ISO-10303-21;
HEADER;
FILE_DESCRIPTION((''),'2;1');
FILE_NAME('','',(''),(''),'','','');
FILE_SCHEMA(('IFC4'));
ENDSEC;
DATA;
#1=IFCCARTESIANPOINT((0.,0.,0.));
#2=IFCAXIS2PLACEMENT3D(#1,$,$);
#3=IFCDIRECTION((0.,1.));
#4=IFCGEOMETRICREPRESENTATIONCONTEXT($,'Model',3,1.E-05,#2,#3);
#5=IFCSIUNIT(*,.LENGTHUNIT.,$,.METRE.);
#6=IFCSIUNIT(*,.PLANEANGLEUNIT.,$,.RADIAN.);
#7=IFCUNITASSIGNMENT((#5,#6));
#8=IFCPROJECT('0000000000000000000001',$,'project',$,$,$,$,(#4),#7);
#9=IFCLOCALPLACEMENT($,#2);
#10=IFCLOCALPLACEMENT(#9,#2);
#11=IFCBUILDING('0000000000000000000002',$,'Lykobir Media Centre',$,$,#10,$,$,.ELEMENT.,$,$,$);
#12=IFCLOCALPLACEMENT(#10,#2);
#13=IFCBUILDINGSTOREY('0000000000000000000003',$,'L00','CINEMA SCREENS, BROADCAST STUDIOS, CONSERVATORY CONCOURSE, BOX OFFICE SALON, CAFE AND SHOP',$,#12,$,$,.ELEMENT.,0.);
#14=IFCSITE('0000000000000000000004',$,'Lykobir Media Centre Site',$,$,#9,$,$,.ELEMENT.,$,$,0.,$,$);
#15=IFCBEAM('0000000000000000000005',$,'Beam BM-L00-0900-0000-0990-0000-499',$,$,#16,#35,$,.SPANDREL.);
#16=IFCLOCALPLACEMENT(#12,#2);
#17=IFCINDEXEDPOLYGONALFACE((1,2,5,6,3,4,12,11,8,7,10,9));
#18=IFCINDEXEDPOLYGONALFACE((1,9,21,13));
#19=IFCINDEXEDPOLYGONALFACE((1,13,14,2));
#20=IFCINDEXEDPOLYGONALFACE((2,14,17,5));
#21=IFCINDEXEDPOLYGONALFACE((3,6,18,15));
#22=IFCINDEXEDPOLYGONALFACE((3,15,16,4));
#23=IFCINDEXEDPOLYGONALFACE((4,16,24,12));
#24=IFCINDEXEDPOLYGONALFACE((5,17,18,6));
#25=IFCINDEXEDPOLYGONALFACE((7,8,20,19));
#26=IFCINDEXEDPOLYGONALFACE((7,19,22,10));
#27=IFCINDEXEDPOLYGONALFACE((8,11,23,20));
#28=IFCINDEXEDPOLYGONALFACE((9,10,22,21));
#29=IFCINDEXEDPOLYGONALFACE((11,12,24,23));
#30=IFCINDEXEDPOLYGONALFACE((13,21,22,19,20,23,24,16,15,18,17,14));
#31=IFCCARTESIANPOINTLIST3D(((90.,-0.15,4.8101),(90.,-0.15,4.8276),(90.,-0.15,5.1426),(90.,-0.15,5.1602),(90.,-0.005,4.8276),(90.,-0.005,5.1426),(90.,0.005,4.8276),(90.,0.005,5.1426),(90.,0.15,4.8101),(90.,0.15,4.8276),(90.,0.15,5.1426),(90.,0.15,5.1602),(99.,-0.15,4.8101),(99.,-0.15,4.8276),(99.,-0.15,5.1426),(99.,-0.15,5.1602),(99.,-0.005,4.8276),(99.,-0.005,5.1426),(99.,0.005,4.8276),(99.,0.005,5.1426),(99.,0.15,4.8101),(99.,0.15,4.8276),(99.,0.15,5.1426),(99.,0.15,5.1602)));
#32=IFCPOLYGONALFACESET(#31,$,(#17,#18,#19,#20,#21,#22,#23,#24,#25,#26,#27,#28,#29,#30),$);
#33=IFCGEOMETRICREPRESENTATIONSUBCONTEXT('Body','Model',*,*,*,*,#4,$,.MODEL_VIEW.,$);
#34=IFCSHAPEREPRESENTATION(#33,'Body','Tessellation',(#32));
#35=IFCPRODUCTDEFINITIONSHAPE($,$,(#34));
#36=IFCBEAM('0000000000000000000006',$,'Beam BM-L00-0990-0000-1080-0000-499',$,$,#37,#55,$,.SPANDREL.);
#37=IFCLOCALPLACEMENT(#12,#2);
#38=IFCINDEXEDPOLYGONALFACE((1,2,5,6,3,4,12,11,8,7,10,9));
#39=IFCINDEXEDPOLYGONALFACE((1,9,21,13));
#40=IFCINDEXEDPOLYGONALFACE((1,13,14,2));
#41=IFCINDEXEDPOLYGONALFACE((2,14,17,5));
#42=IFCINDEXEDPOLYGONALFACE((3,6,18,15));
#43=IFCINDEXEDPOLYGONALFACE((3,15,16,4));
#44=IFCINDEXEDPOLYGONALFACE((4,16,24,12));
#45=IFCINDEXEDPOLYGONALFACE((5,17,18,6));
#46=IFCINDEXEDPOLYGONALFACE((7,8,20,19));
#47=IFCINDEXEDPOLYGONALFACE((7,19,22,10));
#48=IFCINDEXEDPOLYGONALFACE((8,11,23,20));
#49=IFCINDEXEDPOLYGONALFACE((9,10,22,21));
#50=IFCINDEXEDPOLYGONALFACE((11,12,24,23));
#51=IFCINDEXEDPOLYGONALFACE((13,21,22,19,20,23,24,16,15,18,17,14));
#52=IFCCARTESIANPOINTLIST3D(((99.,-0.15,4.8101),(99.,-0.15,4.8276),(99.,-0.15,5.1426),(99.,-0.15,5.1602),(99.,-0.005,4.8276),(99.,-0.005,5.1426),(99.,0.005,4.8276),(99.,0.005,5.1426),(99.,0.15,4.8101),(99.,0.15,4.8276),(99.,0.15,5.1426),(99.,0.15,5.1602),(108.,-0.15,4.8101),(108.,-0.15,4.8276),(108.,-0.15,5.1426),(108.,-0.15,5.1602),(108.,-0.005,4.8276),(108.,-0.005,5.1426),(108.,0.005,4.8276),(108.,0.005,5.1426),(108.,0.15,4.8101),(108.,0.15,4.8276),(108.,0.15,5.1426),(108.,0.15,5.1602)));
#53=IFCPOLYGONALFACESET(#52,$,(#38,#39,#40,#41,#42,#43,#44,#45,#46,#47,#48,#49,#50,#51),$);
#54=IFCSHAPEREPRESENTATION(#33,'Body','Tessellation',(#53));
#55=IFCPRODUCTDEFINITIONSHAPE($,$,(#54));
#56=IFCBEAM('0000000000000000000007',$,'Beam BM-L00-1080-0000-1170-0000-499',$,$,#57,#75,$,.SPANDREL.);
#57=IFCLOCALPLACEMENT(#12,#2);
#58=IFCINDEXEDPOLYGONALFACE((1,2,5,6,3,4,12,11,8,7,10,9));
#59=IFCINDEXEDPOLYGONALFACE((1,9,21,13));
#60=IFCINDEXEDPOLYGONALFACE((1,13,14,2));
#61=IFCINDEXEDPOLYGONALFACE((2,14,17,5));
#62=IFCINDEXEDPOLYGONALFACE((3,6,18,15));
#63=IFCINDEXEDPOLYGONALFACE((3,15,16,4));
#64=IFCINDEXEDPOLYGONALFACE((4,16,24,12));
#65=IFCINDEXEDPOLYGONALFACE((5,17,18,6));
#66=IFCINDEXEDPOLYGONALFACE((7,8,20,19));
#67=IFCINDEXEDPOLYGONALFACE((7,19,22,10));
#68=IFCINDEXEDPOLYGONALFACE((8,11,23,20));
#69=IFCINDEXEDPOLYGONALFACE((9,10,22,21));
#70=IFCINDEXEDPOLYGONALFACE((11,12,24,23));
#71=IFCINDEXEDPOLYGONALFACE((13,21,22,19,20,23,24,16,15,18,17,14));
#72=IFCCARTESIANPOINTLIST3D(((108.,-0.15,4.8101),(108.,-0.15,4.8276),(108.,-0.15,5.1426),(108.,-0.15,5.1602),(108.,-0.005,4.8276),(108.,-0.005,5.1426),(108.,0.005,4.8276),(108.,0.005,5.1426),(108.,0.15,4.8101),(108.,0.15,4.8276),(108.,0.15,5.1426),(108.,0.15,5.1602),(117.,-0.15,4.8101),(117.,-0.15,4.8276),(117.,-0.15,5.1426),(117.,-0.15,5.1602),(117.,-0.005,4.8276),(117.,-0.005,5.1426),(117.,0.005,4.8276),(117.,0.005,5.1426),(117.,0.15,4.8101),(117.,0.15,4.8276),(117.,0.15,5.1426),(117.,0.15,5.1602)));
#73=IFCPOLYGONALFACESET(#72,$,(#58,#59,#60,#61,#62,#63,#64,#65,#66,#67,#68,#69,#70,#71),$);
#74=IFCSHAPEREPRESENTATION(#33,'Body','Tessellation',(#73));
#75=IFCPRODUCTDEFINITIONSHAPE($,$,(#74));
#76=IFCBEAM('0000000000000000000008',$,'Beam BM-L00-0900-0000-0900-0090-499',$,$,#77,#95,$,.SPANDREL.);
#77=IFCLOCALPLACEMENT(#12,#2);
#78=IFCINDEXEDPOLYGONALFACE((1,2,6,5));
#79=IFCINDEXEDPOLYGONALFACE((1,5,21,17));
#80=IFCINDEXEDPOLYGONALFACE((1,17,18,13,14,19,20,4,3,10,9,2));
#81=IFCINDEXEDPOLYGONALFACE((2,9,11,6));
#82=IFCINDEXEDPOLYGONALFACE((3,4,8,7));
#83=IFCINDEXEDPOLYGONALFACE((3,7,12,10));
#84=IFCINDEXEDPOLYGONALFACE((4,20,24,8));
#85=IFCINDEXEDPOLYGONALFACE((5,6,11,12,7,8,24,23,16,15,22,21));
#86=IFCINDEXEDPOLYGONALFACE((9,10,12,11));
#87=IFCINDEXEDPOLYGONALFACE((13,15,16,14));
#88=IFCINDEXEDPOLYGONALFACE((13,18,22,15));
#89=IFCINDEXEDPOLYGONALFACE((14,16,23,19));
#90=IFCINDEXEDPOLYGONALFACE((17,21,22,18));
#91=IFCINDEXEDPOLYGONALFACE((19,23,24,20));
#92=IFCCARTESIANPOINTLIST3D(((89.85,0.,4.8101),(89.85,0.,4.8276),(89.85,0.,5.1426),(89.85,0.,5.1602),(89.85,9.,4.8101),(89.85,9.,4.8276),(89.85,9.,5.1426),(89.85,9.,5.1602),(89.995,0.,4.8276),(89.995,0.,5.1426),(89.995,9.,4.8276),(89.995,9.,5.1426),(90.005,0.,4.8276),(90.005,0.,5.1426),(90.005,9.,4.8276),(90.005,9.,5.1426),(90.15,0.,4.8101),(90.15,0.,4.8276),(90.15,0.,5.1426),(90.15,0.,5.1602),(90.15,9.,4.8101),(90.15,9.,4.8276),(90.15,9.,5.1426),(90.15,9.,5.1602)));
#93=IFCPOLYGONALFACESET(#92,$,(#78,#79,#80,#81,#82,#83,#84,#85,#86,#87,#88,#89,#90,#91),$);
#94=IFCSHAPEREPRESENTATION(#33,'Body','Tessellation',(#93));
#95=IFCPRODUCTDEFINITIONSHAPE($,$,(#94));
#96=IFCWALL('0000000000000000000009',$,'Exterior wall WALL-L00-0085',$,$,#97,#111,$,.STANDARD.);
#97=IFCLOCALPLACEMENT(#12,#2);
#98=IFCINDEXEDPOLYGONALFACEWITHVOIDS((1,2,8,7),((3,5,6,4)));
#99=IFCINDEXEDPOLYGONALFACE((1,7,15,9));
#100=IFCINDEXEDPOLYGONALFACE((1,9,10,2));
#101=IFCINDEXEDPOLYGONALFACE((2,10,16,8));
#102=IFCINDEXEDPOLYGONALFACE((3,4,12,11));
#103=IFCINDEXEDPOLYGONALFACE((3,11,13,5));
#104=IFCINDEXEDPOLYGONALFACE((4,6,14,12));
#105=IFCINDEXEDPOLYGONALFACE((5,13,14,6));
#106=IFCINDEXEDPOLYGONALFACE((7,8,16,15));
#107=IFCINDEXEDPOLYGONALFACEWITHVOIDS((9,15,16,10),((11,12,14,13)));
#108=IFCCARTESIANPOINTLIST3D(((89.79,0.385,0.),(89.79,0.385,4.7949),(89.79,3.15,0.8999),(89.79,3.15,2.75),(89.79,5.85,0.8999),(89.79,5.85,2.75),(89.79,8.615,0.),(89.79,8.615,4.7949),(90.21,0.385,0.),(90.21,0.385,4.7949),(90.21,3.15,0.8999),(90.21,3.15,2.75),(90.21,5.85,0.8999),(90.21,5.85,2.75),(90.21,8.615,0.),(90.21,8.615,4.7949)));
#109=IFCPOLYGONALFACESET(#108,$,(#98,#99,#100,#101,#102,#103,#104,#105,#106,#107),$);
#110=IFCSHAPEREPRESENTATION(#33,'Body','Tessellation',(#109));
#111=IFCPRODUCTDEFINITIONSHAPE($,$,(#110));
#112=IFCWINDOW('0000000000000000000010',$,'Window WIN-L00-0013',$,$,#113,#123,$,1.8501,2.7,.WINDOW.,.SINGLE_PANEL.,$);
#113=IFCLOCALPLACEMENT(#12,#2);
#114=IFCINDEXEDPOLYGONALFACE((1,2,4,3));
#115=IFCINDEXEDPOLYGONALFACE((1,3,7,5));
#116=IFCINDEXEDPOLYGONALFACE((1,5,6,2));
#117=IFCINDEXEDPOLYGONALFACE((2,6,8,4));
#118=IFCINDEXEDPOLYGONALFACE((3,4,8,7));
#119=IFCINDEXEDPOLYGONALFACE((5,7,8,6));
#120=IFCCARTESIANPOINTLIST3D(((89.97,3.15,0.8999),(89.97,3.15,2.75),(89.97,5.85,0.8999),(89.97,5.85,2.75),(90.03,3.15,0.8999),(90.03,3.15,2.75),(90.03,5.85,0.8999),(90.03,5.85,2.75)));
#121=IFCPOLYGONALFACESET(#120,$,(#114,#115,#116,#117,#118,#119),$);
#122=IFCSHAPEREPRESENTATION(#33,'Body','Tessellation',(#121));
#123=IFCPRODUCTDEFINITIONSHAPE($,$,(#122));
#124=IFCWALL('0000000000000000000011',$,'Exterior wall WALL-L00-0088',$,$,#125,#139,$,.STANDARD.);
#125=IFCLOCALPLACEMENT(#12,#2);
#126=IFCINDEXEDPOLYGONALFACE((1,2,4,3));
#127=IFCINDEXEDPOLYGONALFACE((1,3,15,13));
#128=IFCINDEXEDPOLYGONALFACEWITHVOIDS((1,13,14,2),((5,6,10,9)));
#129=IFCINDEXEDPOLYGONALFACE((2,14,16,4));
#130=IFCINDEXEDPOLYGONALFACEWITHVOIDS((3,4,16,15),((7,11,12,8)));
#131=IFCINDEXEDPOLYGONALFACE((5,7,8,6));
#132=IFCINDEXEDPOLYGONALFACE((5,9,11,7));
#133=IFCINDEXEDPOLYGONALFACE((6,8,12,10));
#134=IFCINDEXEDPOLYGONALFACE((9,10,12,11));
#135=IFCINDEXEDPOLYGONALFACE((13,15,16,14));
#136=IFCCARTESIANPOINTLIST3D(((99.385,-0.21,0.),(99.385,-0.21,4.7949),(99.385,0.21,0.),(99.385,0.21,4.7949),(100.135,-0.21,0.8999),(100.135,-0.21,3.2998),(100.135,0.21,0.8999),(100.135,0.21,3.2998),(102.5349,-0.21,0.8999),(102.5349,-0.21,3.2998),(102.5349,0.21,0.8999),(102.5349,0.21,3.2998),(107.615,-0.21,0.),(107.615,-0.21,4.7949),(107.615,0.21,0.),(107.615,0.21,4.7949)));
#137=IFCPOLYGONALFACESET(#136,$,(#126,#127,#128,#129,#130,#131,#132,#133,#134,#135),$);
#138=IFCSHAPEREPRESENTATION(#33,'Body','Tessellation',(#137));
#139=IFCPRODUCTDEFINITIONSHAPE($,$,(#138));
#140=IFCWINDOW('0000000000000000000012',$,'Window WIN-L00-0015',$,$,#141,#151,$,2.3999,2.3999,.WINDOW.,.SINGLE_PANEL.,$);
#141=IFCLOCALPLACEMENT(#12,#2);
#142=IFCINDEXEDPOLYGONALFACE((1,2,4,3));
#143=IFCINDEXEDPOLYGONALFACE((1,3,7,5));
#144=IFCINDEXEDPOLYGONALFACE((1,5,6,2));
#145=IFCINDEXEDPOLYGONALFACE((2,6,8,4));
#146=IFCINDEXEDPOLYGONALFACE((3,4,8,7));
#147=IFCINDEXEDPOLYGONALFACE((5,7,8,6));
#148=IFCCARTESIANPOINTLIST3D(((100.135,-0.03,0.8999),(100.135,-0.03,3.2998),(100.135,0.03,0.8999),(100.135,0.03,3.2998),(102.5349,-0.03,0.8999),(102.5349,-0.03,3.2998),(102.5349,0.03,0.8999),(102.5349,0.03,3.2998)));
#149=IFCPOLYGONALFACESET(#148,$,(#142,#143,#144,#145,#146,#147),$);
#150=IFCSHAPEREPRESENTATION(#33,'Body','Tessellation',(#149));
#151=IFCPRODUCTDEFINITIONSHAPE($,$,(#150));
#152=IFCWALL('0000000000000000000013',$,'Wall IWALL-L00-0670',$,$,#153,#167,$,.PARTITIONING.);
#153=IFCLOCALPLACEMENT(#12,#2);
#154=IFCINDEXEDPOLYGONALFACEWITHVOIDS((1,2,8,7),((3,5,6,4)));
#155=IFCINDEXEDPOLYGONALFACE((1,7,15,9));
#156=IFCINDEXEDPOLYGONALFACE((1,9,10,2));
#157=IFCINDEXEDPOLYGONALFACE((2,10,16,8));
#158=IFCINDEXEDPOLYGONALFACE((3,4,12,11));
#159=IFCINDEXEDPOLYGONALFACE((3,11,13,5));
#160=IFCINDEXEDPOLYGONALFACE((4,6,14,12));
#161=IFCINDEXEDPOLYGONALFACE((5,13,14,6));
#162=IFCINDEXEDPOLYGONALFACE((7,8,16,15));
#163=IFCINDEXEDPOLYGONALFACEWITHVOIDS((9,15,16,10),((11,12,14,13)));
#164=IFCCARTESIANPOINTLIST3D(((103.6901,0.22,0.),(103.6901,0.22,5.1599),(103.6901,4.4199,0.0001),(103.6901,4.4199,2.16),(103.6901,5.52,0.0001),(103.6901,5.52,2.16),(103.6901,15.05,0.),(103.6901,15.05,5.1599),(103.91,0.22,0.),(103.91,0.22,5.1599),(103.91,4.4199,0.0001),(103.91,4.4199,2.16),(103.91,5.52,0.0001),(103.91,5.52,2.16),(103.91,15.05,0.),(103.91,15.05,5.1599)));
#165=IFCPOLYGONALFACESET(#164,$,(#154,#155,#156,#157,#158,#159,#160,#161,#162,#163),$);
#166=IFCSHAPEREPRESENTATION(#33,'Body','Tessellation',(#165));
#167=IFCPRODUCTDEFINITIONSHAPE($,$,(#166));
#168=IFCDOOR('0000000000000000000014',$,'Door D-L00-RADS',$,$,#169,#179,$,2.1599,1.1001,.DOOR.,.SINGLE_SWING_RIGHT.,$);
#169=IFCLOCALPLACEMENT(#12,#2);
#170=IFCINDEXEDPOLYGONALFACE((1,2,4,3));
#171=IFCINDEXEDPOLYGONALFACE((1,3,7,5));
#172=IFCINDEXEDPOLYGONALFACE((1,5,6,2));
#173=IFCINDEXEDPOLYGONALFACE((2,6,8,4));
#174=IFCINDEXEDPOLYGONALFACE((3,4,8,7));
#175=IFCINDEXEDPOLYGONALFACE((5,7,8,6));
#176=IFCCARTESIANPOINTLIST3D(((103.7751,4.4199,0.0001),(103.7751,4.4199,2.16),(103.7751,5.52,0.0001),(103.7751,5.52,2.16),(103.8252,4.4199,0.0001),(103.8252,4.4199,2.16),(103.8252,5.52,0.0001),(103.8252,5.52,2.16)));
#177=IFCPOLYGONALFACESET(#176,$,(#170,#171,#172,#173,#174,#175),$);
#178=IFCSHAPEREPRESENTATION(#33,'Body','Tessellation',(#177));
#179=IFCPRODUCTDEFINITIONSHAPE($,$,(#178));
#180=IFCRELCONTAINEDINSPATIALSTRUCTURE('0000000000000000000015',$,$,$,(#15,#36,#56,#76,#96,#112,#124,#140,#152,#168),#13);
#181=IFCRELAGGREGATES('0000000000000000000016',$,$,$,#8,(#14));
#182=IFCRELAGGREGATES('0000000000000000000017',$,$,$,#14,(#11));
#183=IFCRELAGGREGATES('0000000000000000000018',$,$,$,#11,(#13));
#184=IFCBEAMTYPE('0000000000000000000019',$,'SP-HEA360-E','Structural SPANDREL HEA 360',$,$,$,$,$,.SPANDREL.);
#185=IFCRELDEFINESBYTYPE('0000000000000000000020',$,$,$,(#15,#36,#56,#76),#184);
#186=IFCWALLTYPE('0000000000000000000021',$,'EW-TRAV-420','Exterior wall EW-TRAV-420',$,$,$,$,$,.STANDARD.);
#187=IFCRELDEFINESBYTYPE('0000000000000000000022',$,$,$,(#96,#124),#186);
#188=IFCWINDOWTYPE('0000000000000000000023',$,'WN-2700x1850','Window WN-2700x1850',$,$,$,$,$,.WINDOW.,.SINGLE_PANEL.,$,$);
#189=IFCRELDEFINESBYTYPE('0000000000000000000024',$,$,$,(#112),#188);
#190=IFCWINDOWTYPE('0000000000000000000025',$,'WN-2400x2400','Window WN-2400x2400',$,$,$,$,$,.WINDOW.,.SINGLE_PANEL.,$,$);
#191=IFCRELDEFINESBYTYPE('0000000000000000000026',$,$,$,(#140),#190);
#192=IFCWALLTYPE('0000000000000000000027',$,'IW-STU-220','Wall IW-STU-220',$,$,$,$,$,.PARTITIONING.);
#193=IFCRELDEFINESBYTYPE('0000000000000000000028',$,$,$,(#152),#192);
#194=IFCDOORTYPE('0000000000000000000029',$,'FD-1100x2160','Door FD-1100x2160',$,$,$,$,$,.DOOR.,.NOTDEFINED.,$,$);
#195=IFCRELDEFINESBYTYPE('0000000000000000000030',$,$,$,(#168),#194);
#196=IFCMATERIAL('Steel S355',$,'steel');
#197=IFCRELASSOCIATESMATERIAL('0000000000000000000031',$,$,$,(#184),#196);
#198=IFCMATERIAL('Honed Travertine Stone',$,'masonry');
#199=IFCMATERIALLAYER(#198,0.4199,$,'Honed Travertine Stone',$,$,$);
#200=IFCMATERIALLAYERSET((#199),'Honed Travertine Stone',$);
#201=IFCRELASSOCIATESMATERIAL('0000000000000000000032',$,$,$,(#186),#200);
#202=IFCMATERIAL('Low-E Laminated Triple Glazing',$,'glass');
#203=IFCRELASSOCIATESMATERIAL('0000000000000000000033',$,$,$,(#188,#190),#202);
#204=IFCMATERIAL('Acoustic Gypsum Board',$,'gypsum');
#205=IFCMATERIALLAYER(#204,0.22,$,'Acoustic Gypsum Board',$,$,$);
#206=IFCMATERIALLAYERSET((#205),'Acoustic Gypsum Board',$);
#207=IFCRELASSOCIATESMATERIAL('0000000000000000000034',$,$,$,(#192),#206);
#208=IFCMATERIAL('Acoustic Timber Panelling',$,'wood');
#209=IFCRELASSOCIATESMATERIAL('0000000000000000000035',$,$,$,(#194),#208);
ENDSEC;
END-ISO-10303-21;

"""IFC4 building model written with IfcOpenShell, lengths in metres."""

from ifc_helpers import new_model, si_unit, direction, frame, frame_2d, origin, origin_2d, place, context, subcontext, project, spatial, rectangle, i_section, extrude, material, layer, layer_set, material_profile, profile_set, type_object, element, fill, save


model = new_model("IFC4")

# Units and contexts
model_context = context("Model", 3, precision=1e-05, world=origin(), true_north=direction((0.0, 1.0)))
body_context = subcontext(model_context, "Body", "Model", "MODEL_VIEW")
ifc_project = project(units=[si_unit("LENGTHUNIT", "METRE"), si_unit("PLANEANGLEUNIT", "RADIAN")], contexts=[model_context])

# Site, building, storey
site_placement = place(None, origin())
site = spatial("IfcSite", under=ifc_project, at=site_placement, Name="Lykobir Media Centre Site", CompositionType="ELEMENT", RefElevation=0.0)
building_placement = place(site_placement, origin())
building = spatial("IfcBuilding", under=site, at=building_placement, Name="Lykobir Media Centre", CompositionType="ELEMENT")
storey_placement = place(building_placement, origin())
storey = spatial("IfcBuildingStorey", under=building, at=storey_placement, Name="L00", Description="CINEMA SCREENS, BROADCAST STUDIOS, CONSERVATORY CONCOURSE, BOX OFFICE SALON, CAFE AND SHOP", CompositionType="ELEMENT", Elevation=0.0)

# Shared definitions
ifc_material_1 = material(Name="Honed Travertine Stone", Category="masonry")

# Beams
ifc_material_2 = material(Name="Steel S355", Category="steel")
ifc_material_profile_1 = material_profile(ifc_material_2, i_section(OverallWidth=0.3, OverallDepth=0.3501, WebThickness=0.01, FlangeThickness=0.0176, at=origin_2d()), Name="HEA 360")
ifc_profile_set_1 = profile_set([ifc_material_profile_1], Name="Steel S355")
beam_type_1 = type_object("IfcBeamType", Name="SP-HEA360-E", Description="Structural SPANDREL HEA 360", PredefinedType="SPANDREL", material=ifc_profile_set_1)
for number, where, z_axis, x_axis, name in (
    (1, (90.0, 0.0, 4.9851), (1.0, 0.0, 0.0), (0.0, 1.0, 0.0), "Beam BM-L00-0900-0000-0990-0000-499"),
    (2, (99.0, 0.0, 4.9851), (1.0, 0.0, 0.0), (0.0, 1.0, 0.0), "Beam BM-L00-0990-0000-1080-0000-499"),
    (3, (108.0, 0.0, 4.9851), (1.0, 0.0, 0.0), (0.0, 1.0, 0.0), "Beam BM-L00-1080-0000-1170-0000-499"),
    (4, (90.0, 0.0, 4.9851), (0.0, 1.0, 0.0), (-1.0, 0.0, 0.0), "Beam BM-L00-0900-0000-0900-0090-499"),
):
    element("IfcBeam", number, at=place(storey_placement, frame(where, z_axis=z_axis, x_axis=x_axis)), inside=storey, type_object=beam_type_1, Name=name, PredefinedType="SPANDREL", context=body_context, shape_type="SweptSolid", body=[
        extrude(i_section(OverallWidth=0.3, OverallDepth=0.3501, WebThickness=0.01, FlangeThickness=0.0176, at=origin_2d()), origin(), (0.0, 0.0, 1.0), 9.0),
    ])

# Wall, opening, window
ifc_layer_1 = layer(ifc_material_1, 0.4199, Name="Honed Travertine Stone")
ifc_layer_set_1 = layer_set([ifc_layer_1], Name="Honed Travertine Stone")
wall_type_1 = type_object("IfcWallType", Name="EW-TRAV-420", Description="Exterior wall EW-TRAV-420", PredefinedType="STANDARD", material=ifc_layer_set_1)
wall_1_placement = place(storey_placement, frame((90.0, 8.615, 0.0), z_axis=(0.0, 0.0, 1.0), x_axis=(0.0, -1.0, 0.0)))
wall_1 = element("IfcWall", 5, at=wall_1_placement, inside=storey, type_object=wall_type_1, Name="Exterior wall WALL-L00-0085", PredefinedType="STANDARD", context=body_context, shape_type="SweptSolid", body=[
    extrude(rectangle(XDim=8.23, YDim=0.4199, at=frame_2d((4.115, 0.0))), origin(), (0.0, 0.0, 1.0), 4.7949),
])
opening_1_placement = place(wall_1_placement, frame((2.7649, 0.0, 0.8999)))
opening_1 = element("IfcOpeningElement", 6, at=opening_1_placement, cuts=wall_1, PredefinedType="OPENING", context=body_context, shape_type="SweptSolid", body=[
    extrude(rectangle(XDim=2.7, YDim=1.8501, at=frame_2d((1.3501, 0.925))), frame((0.0, 0.22, 0.0), z_axis=(0.0, -1.0, 0.0), x_axis=(1.0, 0.0, 0.0)), (0.0, 0.0, 1.0), 0.4399),
])
ifc_material_3 = material(Name="Low-E Laminated Triple Glazing", Category="glass")
window_type_1 = type_object("IfcWindowType", Name="WN-2700x1850", Description="Window WN-2700x1850", PartitioningType="SINGLE_PANEL", PredefinedType="WINDOW", material=ifc_material_3)
window_1_placement = place(opening_1_placement, origin())
window_1 = element("IfcWindow", 7, at=window_1_placement, inside=storey, type_object=window_type_1, Name="Window WIN-L00-0013", OverallHeight=1.8501, OverallWidth=2.7, PartitioningType="SINGLE_PANEL", PredefinedType="WINDOW", context=body_context, shape_type="SweptSolid", body=[
    extrude(rectangle(XDim=2.7, YDim=1.8501, at=frame_2d((1.3501, 0.925))), frame((0.0, 0.03, 0.0), z_axis=(0.0, -1.0, 0.0), x_axis=(1.0, 0.0, 0.0)), (0.0, 0.0, 1.0), 0.0601),
])
fill(opening_1, window_1)

# Wall, opening, window
wall_2_placement = place(storey_placement, frame((99.385, 0.0, 0.0), z_axis=(0.0, 0.0, 1.0), x_axis=(1.0, 0.0, 0.0)))
wall_2 = element("IfcWall", 8, at=wall_2_placement, inside=storey, type_object=wall_type_1, Name="Exterior wall WALL-L00-0088", PredefinedType="STANDARD", context=body_context, shape_type="SweptSolid", body=[
    extrude(rectangle(XDim=8.23, YDim=0.4199, at=frame_2d((4.115, 0.0))), origin(), (0.0, 0.0, 1.0), 4.7949),
])
opening_2_placement = place(wall_2_placement, frame((0.75, 0.0, 0.8999)))
opening_2 = element("IfcOpeningElement", 9, at=opening_2_placement, cuts=wall_2, PredefinedType="OPENING", context=body_context, shape_type="SweptSolid", body=[
    extrude(rectangle(XDim=2.3999, YDim=2.3999, at=frame_2d((1.2, 1.2))), frame((0.0, 0.22, 0.0), z_axis=(0.0, -1.0, 0.0), x_axis=(1.0, 0.0, 0.0)), (0.0, 0.0, 1.0), 0.4399),
])
window_type_2 = type_object("IfcWindowType", Name="WN-2400x2400", Description="Window WN-2400x2400", PartitioningType="SINGLE_PANEL", PredefinedType="WINDOW", material=ifc_material_3)
window_2_placement = place(opening_2_placement, origin())
window_2 = element("IfcWindow", 10, at=window_2_placement, inside=storey, type_object=window_type_2, Name="Window WIN-L00-0015", OverallHeight=2.3999, OverallWidth=2.3999, PartitioningType="SINGLE_PANEL", PredefinedType="WINDOW", context=body_context, shape_type="SweptSolid", body=[
    extrude(rectangle(XDim=2.3999, YDim=2.3999, at=frame_2d((1.2, 1.2))), frame((0.0, 0.03, 0.0), z_axis=(0.0, -1.0, 0.0), x_axis=(1.0, 0.0, 0.0)), (0.0, 0.0, 1.0), 0.0601),
])
fill(opening_2, window_2)

# Wall, opening, door
ifc_material_4 = material(Name="Acoustic Gypsum Board", Category="gypsum")
ifc_layer_2 = layer(ifc_material_4, 0.22, Name="Acoustic Gypsum Board")
ifc_layer_set_2 = layer_set([ifc_layer_2], Name="Acoustic Gypsum Board")
wall_type_2 = type_object("IfcWallType", Name="IW-STU-220", Description="Wall IW-STU-220", PredefinedType="PARTITIONING", material=ifc_layer_set_2)
wall_3_placement = place(storey_placement, frame((103.8, 0.22, 0.0), z_axis=(0.0, 0.0, 1.0), x_axis=(0.0, 1.0, 0.0)))
wall_3 = element("IfcWall", 11, at=wall_3_placement, inside=storey, type_object=wall_type_2, Name="Wall IWALL-L00-0670", PredefinedType="PARTITIONING", context=body_context, shape_type="SweptSolid", body=[
    extrude(rectangle(XDim=14.8301, YDim=0.22, at=frame_2d((7.415, 0.0))), origin(), (0.0, 0.0, 1.0), 5.1599),
])
opening_3_placement = place(wall_3_placement, frame((4.2, 0.0, 0.0)))
opening_3 = element("IfcOpeningElement", 12, at=opening_3_placement, cuts=wall_3, PredefinedType="OPENING", context=body_context, shape_type="SweptSolid", body=[
    extrude(rectangle(XDim=1.1001, YDim=2.1599, at=frame_2d((0.55, 1.0801))), frame((0.0, 0.1199, 0.0), z_axis=(0.0, -1.0, 0.0), x_axis=(1.0, 0.0, 0.0)), (0.0, 0.0, 1.0), 0.24),
])
ifc_material_5 = material(Name="Acoustic Timber Panelling", Category="wood")
door_type_1 = type_object("IfcDoorType", Name="FD-1100x2160", Description="Door FD-1100x2160", OperationType="NOTDEFINED", PredefinedType="DOOR", material=ifc_material_5)
door_1_placement = place(opening_3_placement, origin())
door_1 = element("IfcDoor", 13, at=door_1_placement, inside=storey, type_object=door_type_1, Name="Door D-L00-RADS", OperationType="SINGLE_SWING_RIGHT", OverallHeight=2.1599, OverallWidth=1.1001, PredefinedType="DOOR", context=body_context, shape_type="SweptSolid", body=[
    extrude(rectangle(XDim=1.1001, YDim=2.1599, at=frame_2d((0.55, 1.0801))), frame((0.0, 0.0249, 0.0), z_axis=(0.0, -1.0, 0.0), x_axis=(1.0, 0.0, 0.0)), (0.0, 0.0, 1.0), 0.05),
])
fill(opening_3, door_1)

save(model, "model.ifc")
